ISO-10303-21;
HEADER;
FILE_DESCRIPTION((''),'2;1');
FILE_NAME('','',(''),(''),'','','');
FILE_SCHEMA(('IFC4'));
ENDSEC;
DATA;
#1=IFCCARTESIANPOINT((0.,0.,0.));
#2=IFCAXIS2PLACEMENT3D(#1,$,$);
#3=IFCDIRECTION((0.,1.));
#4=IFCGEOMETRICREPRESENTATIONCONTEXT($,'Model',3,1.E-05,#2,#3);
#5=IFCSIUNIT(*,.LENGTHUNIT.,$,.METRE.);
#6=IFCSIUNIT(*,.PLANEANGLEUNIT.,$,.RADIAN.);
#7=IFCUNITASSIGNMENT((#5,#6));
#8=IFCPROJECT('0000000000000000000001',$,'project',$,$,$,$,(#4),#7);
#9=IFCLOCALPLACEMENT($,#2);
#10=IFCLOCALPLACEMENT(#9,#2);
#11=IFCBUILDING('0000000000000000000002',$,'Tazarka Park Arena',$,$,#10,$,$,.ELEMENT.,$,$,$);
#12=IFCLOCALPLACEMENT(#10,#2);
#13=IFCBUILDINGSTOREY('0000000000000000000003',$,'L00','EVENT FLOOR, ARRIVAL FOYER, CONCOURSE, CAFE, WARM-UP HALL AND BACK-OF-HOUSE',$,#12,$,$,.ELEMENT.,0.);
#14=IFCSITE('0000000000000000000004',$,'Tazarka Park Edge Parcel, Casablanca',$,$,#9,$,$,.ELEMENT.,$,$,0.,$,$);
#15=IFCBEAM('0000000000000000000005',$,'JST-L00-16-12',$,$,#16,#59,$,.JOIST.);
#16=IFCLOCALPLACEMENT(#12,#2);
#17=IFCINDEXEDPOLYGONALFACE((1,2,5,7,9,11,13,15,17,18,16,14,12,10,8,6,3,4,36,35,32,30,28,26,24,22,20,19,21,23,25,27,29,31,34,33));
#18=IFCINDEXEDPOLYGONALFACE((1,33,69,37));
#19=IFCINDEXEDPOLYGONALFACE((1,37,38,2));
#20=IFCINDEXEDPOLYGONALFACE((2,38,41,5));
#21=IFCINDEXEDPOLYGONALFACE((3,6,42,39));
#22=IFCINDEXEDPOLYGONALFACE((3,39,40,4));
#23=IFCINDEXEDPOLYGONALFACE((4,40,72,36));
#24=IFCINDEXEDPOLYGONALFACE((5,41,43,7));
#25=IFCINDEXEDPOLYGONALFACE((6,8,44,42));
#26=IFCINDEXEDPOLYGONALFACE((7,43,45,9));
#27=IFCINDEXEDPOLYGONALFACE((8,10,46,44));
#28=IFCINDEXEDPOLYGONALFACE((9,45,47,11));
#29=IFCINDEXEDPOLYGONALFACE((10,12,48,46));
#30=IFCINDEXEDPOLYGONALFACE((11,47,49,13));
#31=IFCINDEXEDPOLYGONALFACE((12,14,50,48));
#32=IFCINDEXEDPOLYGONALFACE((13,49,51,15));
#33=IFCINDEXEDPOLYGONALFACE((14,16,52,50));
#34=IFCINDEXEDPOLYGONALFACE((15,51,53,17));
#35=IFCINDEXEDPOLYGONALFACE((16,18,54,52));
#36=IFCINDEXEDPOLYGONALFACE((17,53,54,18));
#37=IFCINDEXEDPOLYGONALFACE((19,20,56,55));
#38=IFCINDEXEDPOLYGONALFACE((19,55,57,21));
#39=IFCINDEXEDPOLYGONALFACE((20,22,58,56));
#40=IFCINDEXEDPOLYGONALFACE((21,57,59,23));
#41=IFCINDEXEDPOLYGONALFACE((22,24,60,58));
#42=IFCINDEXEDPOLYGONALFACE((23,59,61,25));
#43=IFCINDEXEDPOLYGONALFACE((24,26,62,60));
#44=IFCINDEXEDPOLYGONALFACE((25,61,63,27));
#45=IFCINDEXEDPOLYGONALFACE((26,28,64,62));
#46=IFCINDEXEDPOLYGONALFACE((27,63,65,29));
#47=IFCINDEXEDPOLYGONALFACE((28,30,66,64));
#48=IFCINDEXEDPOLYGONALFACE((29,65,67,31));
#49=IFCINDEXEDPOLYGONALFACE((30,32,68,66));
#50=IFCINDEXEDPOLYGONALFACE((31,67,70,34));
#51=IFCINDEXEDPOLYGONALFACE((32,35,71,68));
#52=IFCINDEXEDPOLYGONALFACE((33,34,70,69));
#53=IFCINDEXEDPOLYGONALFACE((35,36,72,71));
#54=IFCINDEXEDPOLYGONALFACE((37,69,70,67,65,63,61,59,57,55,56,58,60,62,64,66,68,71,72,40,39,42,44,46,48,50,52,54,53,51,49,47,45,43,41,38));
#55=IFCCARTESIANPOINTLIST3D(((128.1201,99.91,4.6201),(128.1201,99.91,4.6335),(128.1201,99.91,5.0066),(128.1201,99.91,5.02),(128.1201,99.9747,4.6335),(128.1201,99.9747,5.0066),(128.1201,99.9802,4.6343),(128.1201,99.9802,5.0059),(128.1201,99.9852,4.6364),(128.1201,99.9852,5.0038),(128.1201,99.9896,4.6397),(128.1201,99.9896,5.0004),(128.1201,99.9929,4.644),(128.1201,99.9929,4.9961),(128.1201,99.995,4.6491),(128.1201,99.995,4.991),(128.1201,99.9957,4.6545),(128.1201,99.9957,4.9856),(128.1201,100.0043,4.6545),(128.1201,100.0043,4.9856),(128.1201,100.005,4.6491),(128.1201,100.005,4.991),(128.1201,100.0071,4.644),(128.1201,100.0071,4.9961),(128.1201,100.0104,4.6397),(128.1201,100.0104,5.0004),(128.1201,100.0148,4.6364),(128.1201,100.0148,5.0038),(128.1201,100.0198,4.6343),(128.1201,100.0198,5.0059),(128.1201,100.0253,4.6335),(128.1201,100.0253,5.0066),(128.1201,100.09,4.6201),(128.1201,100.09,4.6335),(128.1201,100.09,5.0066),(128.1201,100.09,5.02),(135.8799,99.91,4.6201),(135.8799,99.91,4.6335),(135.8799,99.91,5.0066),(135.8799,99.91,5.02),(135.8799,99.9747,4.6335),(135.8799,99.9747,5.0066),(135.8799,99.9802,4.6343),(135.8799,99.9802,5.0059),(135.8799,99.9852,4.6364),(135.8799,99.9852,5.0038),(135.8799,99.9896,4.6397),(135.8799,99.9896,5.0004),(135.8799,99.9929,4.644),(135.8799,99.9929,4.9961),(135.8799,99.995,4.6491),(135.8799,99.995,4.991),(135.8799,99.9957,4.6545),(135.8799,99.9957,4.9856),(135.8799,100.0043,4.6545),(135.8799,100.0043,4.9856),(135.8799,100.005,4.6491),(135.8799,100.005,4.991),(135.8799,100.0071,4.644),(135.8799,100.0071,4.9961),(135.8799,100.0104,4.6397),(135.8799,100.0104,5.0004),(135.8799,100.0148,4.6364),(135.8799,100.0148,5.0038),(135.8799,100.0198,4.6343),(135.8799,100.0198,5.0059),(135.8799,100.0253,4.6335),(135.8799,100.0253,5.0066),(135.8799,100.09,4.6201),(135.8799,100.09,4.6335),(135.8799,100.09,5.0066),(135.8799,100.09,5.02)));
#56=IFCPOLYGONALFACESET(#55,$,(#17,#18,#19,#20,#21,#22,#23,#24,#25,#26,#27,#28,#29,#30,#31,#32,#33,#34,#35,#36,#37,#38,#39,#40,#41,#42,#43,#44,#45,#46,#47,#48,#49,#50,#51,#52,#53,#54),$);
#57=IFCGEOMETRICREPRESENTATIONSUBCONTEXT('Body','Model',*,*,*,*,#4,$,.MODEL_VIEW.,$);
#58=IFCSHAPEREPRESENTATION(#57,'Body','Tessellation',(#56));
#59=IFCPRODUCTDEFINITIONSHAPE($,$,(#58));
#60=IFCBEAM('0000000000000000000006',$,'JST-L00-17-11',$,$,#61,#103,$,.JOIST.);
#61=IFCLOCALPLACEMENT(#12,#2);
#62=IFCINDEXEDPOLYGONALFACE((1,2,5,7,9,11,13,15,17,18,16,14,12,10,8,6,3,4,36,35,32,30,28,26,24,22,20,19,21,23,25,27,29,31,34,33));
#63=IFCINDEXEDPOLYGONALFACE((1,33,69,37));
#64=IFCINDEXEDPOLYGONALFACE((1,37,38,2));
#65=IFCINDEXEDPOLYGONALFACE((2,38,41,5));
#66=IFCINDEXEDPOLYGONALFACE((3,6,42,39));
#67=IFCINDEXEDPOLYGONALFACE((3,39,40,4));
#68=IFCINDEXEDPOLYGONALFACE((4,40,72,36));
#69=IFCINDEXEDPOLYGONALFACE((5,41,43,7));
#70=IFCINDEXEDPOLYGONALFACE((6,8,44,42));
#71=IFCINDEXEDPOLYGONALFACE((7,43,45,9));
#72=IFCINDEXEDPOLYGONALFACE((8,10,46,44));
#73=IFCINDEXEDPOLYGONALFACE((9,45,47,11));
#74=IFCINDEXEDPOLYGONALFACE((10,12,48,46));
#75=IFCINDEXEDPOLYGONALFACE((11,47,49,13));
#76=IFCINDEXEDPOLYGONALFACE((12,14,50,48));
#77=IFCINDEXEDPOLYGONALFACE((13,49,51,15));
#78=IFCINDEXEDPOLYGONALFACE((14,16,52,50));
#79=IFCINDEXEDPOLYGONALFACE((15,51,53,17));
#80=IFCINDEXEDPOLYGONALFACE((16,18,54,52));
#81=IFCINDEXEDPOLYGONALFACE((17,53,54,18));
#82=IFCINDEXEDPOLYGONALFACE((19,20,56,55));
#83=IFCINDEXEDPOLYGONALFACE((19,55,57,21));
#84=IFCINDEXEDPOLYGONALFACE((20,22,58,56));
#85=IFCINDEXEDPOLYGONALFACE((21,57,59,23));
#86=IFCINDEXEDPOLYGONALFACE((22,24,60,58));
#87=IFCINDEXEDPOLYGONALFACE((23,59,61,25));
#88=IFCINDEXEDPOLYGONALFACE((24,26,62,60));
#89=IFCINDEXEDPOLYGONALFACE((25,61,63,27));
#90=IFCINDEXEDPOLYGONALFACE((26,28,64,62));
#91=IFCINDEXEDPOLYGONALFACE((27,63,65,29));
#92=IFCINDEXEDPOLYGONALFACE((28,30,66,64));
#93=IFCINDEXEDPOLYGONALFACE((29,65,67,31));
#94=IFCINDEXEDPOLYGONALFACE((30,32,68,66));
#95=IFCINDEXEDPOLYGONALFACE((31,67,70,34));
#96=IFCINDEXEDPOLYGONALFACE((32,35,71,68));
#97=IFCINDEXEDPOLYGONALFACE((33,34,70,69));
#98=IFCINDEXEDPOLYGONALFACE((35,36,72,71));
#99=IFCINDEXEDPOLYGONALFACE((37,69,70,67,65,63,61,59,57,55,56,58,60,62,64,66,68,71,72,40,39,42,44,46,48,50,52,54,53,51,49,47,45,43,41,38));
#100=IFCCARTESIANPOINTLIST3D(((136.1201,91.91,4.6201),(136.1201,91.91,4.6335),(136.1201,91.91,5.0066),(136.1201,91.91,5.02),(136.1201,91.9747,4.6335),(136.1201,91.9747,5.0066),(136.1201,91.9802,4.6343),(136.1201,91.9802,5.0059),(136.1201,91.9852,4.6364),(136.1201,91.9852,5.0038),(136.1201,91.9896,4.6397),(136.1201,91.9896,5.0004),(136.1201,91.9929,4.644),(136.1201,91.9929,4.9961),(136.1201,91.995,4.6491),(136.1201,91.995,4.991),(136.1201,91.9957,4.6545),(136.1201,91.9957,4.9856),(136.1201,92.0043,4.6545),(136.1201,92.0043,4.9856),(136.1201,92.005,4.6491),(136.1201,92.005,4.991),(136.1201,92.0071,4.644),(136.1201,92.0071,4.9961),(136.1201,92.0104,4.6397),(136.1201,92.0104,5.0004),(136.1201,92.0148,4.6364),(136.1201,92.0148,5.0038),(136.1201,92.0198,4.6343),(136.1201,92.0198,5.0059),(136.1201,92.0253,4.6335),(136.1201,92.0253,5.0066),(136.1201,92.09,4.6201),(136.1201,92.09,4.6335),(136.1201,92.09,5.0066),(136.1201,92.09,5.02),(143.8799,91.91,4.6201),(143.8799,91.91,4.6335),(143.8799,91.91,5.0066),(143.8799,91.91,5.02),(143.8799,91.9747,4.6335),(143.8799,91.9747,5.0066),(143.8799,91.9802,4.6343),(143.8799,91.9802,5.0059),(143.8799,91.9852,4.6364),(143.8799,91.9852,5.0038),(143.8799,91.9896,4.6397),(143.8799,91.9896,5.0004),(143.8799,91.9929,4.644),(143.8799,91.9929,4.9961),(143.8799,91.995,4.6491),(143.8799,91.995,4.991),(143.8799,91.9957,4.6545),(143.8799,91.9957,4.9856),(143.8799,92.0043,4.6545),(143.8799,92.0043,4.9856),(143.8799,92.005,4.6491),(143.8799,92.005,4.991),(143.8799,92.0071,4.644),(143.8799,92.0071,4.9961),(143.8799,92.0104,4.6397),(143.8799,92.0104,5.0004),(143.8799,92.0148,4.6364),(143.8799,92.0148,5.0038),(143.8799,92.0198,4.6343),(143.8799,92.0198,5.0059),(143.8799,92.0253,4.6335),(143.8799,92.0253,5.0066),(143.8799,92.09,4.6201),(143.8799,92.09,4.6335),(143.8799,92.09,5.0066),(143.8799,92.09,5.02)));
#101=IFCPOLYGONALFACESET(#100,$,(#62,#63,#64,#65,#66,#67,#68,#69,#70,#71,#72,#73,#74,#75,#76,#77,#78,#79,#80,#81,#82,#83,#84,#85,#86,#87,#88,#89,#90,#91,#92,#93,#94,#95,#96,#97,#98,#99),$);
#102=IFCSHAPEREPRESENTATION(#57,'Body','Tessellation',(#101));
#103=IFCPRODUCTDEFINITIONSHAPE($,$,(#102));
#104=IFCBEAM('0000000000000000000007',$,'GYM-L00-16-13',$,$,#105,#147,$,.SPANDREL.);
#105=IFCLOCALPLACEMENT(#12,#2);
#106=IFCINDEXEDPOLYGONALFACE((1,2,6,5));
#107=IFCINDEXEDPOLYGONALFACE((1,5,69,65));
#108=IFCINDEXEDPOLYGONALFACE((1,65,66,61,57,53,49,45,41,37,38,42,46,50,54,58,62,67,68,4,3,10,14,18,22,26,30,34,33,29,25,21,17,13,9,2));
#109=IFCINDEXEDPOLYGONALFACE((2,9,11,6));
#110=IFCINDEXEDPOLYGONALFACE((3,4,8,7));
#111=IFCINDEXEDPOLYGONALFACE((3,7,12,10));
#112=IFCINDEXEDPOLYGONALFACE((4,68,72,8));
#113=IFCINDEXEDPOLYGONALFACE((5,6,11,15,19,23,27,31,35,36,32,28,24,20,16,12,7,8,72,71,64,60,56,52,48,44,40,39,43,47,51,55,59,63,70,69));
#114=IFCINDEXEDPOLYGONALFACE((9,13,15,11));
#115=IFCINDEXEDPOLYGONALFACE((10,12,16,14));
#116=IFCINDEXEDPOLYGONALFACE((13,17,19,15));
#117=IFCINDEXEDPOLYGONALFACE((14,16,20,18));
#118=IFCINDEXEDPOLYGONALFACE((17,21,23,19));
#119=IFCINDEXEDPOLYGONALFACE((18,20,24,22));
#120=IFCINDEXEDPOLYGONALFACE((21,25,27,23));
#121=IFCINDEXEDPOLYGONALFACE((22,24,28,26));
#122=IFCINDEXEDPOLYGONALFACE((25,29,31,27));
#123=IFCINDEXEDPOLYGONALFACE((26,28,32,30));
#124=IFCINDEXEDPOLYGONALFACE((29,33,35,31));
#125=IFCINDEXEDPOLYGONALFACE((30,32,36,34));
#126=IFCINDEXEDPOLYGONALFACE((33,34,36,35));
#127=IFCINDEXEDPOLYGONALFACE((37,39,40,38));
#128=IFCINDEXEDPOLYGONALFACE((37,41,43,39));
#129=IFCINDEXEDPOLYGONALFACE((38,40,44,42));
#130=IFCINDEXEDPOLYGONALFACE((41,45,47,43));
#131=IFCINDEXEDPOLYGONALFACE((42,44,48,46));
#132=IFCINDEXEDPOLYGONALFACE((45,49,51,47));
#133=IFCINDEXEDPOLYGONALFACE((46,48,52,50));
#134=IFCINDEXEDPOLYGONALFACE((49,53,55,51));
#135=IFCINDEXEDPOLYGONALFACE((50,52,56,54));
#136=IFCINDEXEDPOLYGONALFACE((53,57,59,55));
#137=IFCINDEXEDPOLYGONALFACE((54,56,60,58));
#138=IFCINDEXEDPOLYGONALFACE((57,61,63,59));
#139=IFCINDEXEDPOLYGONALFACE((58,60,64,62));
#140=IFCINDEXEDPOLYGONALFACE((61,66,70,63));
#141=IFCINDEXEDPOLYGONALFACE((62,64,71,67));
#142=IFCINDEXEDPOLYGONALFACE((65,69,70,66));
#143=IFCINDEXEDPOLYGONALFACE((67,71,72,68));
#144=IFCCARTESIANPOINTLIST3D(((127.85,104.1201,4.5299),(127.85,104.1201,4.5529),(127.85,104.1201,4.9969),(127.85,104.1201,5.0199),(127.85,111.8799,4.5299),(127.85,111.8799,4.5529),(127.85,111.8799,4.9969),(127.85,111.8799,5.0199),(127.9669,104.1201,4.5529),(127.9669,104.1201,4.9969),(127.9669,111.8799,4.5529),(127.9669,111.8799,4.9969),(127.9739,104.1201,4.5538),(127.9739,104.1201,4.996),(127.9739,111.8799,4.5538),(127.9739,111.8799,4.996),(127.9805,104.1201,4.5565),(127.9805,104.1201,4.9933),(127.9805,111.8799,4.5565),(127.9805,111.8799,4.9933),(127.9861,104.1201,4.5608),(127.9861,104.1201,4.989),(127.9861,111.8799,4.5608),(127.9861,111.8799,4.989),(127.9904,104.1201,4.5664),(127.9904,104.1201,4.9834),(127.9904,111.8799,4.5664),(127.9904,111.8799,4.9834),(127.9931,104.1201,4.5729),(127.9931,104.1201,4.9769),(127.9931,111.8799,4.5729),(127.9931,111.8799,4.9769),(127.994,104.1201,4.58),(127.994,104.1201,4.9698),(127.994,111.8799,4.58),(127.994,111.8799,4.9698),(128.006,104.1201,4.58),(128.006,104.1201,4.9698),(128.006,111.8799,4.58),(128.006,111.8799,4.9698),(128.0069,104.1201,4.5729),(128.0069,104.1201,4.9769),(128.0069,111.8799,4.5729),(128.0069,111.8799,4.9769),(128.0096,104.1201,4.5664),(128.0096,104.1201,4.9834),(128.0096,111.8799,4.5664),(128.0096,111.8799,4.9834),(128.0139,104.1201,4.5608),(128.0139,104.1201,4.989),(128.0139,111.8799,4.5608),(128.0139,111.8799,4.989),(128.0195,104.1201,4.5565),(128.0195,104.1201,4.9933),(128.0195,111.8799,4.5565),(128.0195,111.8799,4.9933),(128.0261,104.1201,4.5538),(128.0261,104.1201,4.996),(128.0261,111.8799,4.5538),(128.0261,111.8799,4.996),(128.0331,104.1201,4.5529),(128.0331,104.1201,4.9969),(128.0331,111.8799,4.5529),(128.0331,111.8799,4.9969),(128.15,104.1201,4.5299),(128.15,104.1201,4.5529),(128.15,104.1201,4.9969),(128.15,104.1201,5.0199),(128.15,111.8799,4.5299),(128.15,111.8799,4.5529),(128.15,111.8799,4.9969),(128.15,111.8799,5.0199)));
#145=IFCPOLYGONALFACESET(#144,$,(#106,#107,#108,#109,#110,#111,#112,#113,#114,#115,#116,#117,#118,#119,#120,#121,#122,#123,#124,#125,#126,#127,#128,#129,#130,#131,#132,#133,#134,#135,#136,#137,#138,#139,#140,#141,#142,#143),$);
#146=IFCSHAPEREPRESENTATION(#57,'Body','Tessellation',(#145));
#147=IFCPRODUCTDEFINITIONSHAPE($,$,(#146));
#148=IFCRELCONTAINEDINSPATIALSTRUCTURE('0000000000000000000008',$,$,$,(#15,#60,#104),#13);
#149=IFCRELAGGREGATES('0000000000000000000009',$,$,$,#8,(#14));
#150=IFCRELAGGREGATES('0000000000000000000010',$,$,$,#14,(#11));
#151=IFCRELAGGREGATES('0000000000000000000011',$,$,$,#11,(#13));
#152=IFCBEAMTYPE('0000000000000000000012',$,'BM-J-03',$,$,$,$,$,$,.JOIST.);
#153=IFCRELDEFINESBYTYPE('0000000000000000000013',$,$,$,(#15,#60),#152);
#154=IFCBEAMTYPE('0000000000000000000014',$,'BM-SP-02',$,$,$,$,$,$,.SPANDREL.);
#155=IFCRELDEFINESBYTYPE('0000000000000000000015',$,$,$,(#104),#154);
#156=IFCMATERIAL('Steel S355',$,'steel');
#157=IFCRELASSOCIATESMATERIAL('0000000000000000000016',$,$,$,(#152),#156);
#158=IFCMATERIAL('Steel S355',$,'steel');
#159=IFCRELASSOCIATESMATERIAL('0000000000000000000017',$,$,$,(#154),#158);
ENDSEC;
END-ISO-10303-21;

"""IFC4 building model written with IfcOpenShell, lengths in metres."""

from ifc_helpers import new_model, si_unit, direction, frame, origin, origin_2d, place, context, subcontext, project, spatial, i_section, extrude, material, material_profile, profile_set, type_object, element, save


model = new_model("IFC4")

# Units and contexts
model_context = context("Model", 3, precision=1e-05, world=origin(), true_north=direction((0.0, 1.0)))
body_context = subcontext(model_context, "Body", "Model", "MODEL_VIEW")
ifc_project = project(units=[si_unit("LENGTHUNIT", "METRE"), si_unit("PLANEANGLEUNIT", "RADIAN")], contexts=[model_context])

# Site, building, storey
site_placement = place(None, origin())
site = spatial("IfcSite", under=ifc_project, at=site_placement, Name="Tazarka Park Edge Parcel, Casablanca", CompositionType="ELEMENT", RefElevation=0.0)
building_placement = place(site_placement, origin())
building = spatial("IfcBuilding", under=site, at=building_placement, Name="Tazarka Park Arena", CompositionType="ELEMENT")
storey_placement = place(building_placement, origin())
storey = spatial("IfcBuildingStorey", under=building, at=storey_placement, Name="L00", Description="EVENT FLOOR, ARRIVAL FOYER, CONCOURSE, CAFE, WARM-UP HALL AND BACK-OF-HOUSE", CompositionType="ELEMENT", Elevation=0.0)

# Beams
ifc_material_1 = material(Name="Steel S355", Category="steel")
ifc_material_profile_1 = material_profile(ifc_material_1, i_section(OverallWidth=0.1799, OverallDepth=0.3999, WebThickness=0.0085, FlangeThickness=0.0134, FilletRadius=0.021, at=origin_2d()), Name="Steel S355")
ifc_profile_set_1 = profile_set([ifc_material_profile_1], Name="Steel S355")
beam_type_1 = type_object("IfcBeamType", Name="BM-J-03", PredefinedType="JOIST", material=ifc_profile_set_1)
for number, where, z_axis, x_axis, name in (
    (1, (128.1201, 100.0, 4.8201), (1.0, 0.0, 0.0), (0.0, 1.0, 0.0), "JST-L00-16-12"),
    (2, (136.1201, 92.0, 4.8201), (1.0, 0.0, 0.0), (0.0, 1.0, 0.0), "JST-L00-17-11"),
):
    element("IfcBeam", number, at=place(storey_placement, frame(where, z_axis=z_axis, x_axis=x_axis)), inside=storey, type_object=beam_type_1, Name=name, PredefinedType="JOIST", context=body_context, shape_type="SweptSolid", body=[
        extrude(i_section(OverallWidth=0.1799, OverallDepth=0.3999, WebThickness=0.0085, FlangeThickness=0.0134, FilletRadius=0.021, at=origin_2d()), origin(), (0.0, 0.0, 1.0), 7.7598),
    ])
ifc_material_2 = material(Name="Steel S355", Category="steel")
ifc_material_profile_2 = material_profile(ifc_material_2, i_section(OverallWidth=0.3, OverallDepth=0.49, WebThickness=0.012, FlangeThickness=0.0229, FilletRadius=0.0271, at=origin_2d()), Name="Steel S355")
ifc_profile_set_2 = profile_set([ifc_material_profile_2], Name="Steel S355")
beam_type_2 = type_object("IfcBeamType", Name="BM-SP-02", PredefinedType="SPANDREL", material=ifc_profile_set_2)
beam_placement = place(storey_placement, frame((128.0, 104.1201, 4.7749), z_axis=(0.0, 1.0, 0.0), x_axis=(-1.0, 0.0, 0.0)))
element("IfcBeam", 3, at=beam_placement, inside=storey, type_object=beam_type_2, Name="GYM-L00-16-13", PredefinedType="SPANDREL", context=body_context, shape_type="SweptSolid", body=[
    extrude(i_section(OverallWidth=0.3, OverallDepth=0.49, WebThickness=0.012, FlangeThickness=0.0229, FilletRadius=0.0271, at=origin_2d()), origin(), (0.0, 0.0, 1.0), 7.7598),
])

save(model, "model.ifc")
